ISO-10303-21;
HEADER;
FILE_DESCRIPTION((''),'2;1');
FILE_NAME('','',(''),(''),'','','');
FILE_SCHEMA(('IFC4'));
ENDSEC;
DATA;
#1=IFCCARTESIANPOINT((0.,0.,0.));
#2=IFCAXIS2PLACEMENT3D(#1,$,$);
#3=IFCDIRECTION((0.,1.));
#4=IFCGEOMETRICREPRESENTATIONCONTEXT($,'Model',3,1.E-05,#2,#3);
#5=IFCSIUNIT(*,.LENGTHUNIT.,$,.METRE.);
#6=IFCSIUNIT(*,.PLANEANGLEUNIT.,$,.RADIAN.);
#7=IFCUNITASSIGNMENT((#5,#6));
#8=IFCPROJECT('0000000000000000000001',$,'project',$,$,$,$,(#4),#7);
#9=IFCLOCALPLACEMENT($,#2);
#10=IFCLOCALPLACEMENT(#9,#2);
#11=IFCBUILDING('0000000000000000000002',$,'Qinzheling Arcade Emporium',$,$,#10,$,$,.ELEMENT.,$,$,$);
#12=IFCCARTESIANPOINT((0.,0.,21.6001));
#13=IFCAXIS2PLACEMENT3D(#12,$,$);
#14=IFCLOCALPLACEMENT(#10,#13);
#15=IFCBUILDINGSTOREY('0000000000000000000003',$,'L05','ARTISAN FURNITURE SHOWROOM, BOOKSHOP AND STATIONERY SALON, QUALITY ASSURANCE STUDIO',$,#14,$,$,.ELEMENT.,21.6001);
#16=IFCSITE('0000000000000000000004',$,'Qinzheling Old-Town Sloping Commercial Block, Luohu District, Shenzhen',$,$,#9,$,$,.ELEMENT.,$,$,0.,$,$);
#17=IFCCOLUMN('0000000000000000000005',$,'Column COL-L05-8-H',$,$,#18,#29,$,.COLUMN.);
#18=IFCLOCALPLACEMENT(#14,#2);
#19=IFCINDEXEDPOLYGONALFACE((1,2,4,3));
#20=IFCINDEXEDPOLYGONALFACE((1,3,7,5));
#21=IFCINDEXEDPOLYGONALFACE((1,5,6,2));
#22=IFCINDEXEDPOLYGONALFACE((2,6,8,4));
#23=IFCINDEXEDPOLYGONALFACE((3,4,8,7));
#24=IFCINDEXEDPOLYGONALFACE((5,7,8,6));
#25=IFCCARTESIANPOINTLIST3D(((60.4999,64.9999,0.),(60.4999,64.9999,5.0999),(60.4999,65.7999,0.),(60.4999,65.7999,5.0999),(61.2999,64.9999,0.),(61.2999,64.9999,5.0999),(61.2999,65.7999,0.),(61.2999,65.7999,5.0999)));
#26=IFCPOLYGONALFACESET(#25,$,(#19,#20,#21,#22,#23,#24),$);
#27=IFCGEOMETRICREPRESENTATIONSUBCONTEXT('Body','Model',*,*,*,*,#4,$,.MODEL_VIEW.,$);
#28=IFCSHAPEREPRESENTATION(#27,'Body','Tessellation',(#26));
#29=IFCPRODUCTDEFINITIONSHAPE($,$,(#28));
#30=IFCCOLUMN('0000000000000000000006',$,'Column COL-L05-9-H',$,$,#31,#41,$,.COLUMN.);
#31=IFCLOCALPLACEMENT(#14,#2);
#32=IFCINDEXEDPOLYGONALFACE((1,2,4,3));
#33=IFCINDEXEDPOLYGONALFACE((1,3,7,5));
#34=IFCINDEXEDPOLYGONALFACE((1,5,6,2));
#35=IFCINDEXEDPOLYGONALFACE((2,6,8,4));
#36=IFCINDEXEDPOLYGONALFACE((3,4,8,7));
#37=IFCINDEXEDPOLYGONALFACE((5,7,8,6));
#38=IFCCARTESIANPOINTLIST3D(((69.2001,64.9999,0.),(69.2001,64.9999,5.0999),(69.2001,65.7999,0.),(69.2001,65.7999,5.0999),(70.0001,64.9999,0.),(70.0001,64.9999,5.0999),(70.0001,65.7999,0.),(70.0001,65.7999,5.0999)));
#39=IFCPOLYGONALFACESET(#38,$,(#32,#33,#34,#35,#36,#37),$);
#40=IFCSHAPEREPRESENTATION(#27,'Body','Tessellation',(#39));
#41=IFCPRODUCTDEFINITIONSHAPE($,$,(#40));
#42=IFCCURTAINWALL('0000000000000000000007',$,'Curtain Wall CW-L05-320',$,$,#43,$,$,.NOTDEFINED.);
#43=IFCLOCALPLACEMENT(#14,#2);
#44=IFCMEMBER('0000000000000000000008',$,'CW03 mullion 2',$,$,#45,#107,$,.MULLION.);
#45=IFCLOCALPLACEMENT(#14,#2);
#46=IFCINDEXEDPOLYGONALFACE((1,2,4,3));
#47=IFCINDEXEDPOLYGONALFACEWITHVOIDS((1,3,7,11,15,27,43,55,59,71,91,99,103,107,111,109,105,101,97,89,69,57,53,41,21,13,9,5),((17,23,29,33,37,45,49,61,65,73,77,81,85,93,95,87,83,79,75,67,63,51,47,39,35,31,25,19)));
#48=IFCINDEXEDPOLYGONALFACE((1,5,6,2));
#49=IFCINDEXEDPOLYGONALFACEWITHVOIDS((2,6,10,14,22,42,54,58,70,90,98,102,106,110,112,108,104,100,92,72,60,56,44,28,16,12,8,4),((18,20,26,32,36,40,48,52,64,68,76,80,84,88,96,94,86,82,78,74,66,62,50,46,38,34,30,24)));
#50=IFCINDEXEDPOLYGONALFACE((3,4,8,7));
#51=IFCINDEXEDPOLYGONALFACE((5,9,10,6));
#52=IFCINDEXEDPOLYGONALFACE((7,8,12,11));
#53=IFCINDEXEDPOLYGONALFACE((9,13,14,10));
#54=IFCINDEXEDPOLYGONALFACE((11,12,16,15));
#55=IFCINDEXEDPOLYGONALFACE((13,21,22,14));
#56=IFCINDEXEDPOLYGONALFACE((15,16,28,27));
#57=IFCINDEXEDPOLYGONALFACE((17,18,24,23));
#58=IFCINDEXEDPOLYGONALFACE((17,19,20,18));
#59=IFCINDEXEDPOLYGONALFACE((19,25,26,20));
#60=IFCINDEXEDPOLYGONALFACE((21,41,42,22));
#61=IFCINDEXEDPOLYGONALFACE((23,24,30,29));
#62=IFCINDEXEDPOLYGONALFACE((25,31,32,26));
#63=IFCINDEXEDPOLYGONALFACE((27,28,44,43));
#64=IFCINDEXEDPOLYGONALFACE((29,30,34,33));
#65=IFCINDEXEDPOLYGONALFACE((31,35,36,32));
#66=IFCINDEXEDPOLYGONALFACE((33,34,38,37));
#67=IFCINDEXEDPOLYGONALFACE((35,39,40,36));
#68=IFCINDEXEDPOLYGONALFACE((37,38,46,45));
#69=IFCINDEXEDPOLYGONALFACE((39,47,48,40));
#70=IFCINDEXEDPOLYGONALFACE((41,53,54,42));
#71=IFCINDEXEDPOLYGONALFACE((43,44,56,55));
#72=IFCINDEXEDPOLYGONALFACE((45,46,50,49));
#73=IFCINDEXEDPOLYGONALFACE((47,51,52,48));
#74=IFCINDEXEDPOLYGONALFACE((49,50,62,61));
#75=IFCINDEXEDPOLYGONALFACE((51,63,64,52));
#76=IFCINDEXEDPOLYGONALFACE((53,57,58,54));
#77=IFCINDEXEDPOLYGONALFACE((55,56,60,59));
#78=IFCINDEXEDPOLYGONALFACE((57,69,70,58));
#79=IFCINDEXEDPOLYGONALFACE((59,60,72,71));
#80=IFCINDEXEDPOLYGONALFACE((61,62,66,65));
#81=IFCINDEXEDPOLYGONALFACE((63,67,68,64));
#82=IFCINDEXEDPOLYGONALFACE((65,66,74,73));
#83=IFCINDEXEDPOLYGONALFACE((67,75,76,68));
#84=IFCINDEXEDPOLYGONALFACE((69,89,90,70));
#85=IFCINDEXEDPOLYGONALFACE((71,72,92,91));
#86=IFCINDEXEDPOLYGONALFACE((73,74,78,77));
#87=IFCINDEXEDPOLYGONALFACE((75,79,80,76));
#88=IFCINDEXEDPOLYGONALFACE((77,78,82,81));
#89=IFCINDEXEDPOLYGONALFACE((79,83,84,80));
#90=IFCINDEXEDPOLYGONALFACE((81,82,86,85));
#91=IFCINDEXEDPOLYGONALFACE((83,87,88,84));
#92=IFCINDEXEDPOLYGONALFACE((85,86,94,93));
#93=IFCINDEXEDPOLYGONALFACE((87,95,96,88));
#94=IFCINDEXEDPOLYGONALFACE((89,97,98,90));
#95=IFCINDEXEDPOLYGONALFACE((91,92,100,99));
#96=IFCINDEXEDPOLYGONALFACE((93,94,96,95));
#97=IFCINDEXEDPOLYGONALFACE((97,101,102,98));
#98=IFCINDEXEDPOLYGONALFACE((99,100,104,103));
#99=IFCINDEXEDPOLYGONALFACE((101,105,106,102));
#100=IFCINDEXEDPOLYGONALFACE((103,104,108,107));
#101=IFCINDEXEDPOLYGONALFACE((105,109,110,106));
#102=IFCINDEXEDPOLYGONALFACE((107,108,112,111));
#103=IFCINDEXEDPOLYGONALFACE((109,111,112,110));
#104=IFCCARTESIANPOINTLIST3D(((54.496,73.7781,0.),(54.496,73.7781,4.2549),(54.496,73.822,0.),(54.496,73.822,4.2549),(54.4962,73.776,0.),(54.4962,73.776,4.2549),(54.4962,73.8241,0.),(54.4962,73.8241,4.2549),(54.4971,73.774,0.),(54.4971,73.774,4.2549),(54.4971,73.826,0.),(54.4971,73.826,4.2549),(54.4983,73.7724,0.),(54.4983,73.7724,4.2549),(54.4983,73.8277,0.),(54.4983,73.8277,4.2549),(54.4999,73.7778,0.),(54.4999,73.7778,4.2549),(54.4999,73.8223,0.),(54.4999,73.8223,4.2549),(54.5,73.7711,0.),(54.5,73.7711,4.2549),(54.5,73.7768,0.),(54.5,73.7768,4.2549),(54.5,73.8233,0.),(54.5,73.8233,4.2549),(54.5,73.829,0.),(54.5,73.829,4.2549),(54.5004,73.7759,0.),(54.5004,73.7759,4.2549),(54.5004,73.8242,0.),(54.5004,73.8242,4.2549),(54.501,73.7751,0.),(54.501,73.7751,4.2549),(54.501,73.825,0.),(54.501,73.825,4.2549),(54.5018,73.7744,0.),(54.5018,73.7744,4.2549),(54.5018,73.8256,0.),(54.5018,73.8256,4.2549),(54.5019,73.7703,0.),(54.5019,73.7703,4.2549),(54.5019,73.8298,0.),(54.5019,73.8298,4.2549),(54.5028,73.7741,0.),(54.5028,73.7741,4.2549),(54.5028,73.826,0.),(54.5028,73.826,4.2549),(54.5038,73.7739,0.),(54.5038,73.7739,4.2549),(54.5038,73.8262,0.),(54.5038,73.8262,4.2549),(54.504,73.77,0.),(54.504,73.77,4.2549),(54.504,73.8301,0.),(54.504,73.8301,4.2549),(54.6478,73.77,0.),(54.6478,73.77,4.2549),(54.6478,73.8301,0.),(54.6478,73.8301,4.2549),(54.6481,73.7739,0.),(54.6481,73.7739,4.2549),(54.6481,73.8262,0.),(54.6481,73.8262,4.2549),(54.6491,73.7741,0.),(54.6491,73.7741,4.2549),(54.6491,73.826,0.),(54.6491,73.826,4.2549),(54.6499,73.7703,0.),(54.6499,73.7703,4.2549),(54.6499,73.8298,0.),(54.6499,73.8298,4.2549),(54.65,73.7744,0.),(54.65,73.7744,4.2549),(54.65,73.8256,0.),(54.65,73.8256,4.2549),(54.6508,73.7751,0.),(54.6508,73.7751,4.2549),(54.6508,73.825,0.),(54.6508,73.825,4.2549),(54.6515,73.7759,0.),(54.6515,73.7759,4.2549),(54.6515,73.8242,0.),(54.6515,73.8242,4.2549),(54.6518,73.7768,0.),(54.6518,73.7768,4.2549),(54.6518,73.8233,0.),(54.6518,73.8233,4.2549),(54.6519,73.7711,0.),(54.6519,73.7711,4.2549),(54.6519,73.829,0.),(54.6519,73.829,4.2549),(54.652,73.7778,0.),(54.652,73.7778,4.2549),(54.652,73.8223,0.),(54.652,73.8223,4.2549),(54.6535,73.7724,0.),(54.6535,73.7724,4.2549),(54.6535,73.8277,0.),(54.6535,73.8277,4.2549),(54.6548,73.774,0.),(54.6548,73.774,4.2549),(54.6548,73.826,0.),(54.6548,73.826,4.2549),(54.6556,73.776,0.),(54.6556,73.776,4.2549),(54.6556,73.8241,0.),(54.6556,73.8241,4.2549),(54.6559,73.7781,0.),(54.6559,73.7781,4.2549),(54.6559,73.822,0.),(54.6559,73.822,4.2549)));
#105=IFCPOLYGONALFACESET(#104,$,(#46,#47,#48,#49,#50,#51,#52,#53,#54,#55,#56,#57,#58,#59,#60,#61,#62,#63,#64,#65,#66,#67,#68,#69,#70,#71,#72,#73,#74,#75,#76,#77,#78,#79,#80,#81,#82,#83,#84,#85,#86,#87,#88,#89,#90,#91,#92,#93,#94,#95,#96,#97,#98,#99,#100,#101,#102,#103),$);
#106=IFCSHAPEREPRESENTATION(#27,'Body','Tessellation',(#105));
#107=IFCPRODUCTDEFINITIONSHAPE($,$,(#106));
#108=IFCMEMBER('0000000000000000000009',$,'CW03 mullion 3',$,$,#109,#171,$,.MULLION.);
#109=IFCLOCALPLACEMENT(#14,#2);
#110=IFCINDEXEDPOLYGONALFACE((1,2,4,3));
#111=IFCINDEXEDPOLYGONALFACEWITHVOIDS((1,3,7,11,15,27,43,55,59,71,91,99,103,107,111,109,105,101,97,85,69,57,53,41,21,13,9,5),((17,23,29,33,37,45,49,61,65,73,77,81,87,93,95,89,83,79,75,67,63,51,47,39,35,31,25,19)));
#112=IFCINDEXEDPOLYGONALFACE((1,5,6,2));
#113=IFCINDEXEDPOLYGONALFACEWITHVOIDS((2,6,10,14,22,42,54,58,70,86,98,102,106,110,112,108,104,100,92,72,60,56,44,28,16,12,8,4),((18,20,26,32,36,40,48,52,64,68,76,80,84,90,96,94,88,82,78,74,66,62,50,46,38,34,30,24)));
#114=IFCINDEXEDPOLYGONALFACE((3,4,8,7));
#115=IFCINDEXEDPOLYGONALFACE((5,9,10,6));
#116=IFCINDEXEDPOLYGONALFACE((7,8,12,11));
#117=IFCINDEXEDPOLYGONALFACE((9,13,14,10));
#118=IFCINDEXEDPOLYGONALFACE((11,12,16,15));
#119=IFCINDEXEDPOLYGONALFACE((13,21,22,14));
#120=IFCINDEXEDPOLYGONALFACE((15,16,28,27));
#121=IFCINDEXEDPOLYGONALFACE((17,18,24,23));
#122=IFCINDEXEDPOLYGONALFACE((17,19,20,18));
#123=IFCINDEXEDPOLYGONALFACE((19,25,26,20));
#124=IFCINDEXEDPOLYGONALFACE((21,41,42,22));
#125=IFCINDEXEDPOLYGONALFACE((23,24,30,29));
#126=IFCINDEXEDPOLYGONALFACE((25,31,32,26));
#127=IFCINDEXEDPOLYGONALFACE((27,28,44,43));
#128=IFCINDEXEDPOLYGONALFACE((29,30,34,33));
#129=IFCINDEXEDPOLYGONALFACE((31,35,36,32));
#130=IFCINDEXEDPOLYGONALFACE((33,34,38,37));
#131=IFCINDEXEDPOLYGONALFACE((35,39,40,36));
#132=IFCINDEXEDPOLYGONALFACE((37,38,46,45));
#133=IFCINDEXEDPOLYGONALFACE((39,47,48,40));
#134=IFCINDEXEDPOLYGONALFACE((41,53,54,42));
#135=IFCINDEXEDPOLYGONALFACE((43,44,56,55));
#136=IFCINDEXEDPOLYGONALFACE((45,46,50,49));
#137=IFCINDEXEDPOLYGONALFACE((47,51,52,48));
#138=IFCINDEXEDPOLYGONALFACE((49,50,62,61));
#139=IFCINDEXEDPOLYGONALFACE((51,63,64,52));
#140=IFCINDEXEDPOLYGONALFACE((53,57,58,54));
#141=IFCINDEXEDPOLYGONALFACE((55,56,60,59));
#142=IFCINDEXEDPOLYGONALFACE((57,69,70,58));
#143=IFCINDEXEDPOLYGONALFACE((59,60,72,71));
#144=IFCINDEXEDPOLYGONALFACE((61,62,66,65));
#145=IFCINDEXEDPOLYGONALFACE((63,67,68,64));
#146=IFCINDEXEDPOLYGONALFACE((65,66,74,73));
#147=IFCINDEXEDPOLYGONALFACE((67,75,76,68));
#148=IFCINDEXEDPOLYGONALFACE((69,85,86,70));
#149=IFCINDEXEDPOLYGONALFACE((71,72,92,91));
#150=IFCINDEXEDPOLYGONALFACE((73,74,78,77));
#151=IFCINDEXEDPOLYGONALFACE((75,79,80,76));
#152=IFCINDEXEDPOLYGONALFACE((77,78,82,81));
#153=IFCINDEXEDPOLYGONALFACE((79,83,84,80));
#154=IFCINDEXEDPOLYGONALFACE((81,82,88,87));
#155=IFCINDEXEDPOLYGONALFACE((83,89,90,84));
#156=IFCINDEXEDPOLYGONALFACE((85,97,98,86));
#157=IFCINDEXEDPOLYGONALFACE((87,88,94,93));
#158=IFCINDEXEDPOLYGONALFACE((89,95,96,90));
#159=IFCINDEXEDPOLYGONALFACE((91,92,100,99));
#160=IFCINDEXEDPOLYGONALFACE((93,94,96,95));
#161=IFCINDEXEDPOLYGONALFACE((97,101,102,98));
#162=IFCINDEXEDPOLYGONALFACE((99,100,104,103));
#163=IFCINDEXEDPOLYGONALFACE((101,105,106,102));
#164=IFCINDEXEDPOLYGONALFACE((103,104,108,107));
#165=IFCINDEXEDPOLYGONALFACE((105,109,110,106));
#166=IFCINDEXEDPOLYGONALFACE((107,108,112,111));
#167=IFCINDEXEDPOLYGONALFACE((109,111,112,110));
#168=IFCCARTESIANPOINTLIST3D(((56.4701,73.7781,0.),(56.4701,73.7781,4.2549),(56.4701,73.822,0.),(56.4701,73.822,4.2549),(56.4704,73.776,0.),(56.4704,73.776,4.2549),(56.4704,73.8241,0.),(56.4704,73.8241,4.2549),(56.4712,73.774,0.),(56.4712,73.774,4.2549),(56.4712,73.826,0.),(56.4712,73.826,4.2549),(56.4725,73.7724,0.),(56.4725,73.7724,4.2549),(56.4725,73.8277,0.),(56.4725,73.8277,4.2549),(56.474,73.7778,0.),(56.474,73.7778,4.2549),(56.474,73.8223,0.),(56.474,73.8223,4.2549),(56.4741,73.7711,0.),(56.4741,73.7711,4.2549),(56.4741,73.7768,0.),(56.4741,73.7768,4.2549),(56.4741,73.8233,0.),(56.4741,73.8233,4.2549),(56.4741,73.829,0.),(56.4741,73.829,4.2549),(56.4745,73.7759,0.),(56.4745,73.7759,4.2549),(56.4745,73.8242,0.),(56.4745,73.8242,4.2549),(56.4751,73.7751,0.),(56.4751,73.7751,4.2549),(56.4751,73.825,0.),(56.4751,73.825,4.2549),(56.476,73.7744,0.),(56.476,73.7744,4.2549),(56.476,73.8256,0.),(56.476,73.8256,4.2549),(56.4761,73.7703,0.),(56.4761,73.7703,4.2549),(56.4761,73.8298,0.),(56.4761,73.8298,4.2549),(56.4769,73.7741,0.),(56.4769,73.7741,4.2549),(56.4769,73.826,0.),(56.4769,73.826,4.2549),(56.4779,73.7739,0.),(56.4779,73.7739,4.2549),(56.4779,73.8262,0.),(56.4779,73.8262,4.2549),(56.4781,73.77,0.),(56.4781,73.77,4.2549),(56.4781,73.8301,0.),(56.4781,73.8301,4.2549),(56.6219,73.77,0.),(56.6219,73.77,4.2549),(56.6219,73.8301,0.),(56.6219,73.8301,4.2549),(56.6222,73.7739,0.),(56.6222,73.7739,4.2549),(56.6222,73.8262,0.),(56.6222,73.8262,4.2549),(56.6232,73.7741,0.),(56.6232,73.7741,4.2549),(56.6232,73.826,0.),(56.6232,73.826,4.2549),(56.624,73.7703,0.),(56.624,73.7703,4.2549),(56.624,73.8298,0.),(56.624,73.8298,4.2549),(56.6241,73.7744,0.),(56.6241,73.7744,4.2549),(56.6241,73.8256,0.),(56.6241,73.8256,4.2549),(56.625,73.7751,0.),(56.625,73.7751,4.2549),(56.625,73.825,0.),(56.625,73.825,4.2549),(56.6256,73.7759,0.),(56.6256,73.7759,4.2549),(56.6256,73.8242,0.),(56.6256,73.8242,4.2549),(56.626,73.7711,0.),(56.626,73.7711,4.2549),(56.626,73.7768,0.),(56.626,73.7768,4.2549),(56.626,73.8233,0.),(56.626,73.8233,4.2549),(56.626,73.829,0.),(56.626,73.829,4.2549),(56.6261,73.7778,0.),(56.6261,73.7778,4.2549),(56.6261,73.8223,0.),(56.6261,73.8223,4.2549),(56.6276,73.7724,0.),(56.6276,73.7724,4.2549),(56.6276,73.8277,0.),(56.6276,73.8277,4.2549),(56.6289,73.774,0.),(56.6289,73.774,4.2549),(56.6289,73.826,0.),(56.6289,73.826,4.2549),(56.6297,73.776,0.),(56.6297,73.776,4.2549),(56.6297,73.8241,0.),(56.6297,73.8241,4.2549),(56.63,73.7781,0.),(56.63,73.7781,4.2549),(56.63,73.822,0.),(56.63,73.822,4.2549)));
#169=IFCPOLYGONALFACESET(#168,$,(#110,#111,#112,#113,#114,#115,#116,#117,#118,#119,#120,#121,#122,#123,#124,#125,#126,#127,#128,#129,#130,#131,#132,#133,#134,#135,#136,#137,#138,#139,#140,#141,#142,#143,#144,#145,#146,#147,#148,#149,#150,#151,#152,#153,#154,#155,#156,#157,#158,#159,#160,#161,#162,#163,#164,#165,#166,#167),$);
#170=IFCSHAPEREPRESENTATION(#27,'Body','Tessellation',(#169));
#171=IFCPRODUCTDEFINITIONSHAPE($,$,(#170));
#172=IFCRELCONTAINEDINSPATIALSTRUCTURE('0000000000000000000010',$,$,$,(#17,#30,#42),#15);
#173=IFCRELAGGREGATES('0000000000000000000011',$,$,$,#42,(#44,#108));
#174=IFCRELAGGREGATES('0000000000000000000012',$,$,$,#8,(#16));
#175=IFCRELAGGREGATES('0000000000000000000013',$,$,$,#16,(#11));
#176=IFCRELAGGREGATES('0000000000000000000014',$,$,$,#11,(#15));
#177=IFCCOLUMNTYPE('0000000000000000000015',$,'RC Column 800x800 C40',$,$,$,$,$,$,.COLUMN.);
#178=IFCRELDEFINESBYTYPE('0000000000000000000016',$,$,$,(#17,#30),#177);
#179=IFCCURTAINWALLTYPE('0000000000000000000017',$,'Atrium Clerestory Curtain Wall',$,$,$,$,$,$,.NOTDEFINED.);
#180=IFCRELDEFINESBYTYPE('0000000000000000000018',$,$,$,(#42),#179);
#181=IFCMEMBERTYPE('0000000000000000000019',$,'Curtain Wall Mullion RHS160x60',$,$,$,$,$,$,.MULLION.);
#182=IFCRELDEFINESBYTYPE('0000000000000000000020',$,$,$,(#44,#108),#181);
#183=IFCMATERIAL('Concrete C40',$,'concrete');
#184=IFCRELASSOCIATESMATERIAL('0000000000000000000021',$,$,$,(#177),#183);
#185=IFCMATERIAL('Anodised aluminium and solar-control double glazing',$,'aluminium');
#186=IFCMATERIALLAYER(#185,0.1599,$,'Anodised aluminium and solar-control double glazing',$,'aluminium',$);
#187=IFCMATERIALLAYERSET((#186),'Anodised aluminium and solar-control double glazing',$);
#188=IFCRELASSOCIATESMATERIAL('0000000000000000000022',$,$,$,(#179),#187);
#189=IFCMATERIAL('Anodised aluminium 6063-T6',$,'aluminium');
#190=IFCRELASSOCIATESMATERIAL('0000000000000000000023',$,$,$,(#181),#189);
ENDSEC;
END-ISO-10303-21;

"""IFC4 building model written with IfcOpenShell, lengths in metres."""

from ifc_helpers import new_model, si_unit, direction, frame, origin, origin_2d, place, context, subcontext, project, spatial, rectangle, hollow_rectangle, extrude, material, layer, layer_set, material_profile, profile_set, type_object, element, aggregate, save


model = new_model("IFC4")

# Units and contexts
model_context = context("Model", 3, precision=1e-05, world=origin(), true_north=direction((0.0, 1.0)))
body_context = subcontext(model_context, "Body", "Model", "MODEL_VIEW")
ifc_project = project(units=[si_unit("LENGTHUNIT", "METRE"), si_unit("PLANEANGLEUNIT", "RADIAN")], contexts=[model_context])

# Site, building, storey
site_placement = place(None, origin())
site = spatial("IfcSite", under=ifc_project, at=site_placement, Name="Qinzheling Old-Town Sloping Commercial Block, Luohu District, Shenzhen", CompositionType="ELEMENT", RefElevation=0.0)
building_placement = place(site_placement, origin())
building = spatial("IfcBuilding", under=site, at=building_placement, Name="Qinzheling Arcade Emporium", CompositionType="ELEMENT")
storey_placement = place(building_placement, frame((0.0, 0.0, 21.6001)))
storey = spatial("IfcBuildingStorey", under=building, at=storey_placement, Name="L05", Description="ARTISAN FURNITURE SHOWROOM, BOOKSHOP AND STATIONERY SALON, QUALITY ASSURANCE STUDIO", CompositionType="ELEMENT", Elevation=21.6001)

# Columns
ifc_material_1 = material(Name="Concrete C40", Category="concrete")
ifc_material_profile_1 = material_profile(ifc_material_1, rectangle(XDim=0.8, YDim=0.8, at=origin_2d()), Name="RC 800x800", Category="concrete")
ifc_profile_set_1 = profile_set([ifc_material_profile_1], Name="Concrete C40")
column_type = type_object("IfcColumnType", Name="RC Column 800x800 C40", PredefinedType="COLUMN", material=ifc_profile_set_1)
for number, where, z_axis, x_axis, name in (
    (1, (60.8999, 65.3999, 0.0), (0.0, 0.0, 1.0), (1.0, 0.0, 0.0), "Column COL-L05-8-H"),
    (2, (69.6001, 65.3999, 0.0), (0.0, 0.0, 1.0), (1.0, 0.0, 0.0), "Column COL-L05-9-H"),
):
    element("IfcColumn", number, at=place(storey_placement, frame(where, z_axis=z_axis, x_axis=x_axis)), inside=storey, type_object=column_type, Name=name, PredefinedType="COLUMN", context=body_context, shape_type="SweptSolid", body=[
        extrude(rectangle(XDim=0.8, YDim=0.8, at=origin_2d()), origin(), (0.0, 0.0, 1.0), 5.0999),
    ])

# Curtain wall, members
ifc_material_2 = material(Name="Anodised aluminium and solar-control double glazing", Category="aluminium")
ifc_layer_1 = layer(ifc_material_2, 0.1599, Name="Anodised aluminium and solar-control double glazing", Category="aluminium")
ifc_layer_set_1 = layer_set([ifc_layer_1], Name="Anodised aluminium and solar-control double glazing")
curtain_wall_type = type_object("IfcCurtainWallType", Name="Atrium Clerestory Curtain Wall", PredefinedType="NOTDEFINED", material=ifc_layer_set_1)
curtain_wall_placement = place(storey_placement, origin())
curtain_wall = element("IfcCurtainWall", 3, at=curtain_wall_placement, inside=storey, type_object=curtain_wall_type, Name="Curtain Wall CW-L05-320", PredefinedType="NOTDEFINED")
ifc_material_3 = material(Name="Anodised aluminium 6063-T6", Category="aluminium")
ifc_material_profile_2 = material_profile(ifc_material_3, hollow_rectangle(XDim=0.0601, YDim=0.1599, WallThickness=0.0039, InnerFilletRadius=0.0039, OuterFilletRadius=0.0081, at=origin_2d()), Name="RHS 160x60x4", Category="aluminium")
ifc_profile_set_2 = profile_set([ifc_material_profile_2], Name="Anodised aluminium 6063-T6")
member_type_1 = type_object("IfcMemberType", Name="Curtain Wall Mullion RHS160x60", PredefinedType="MULLION", material=ifc_profile_set_2)
member_1_placement = place(storey_placement, frame((54.5759, 73.8, 0.0), z_axis=(0.0, 0.0, 1.0), x_axis=(0.0, 1.0, 0.0)))
member_1 = element("IfcMember", 4, at=member_1_placement, type_object=member_type_1, Name="CW03 mullion 2", PredefinedType="MULLION", context=body_context, shape_type="SweptSolid", body=[
    extrude(hollow_rectangle(XDim=0.0601, YDim=0.1599, WallThickness=0.0039, InnerFilletRadius=0.0039, OuterFilletRadius=0.0081, at=origin_2d()), origin(), (0.0, 0.0, 1.0), 4.2549),
])
member_2_placement = place(storey_placement, frame((56.55, 73.8, 0.0), z_axis=(0.0, 0.0, 1.0), x_axis=(0.0, 1.0, 0.0)))
member_2 = element("IfcMember", 5, at=member_2_placement, type_object=member_type_1, Name="CW03 mullion 3", PredefinedType="MULLION", context=body_context, shape_type="SweptSolid", body=[
    extrude(hollow_rectangle(XDim=0.0601, YDim=0.1599, WallThickness=0.0039, InnerFilletRadius=0.0039, OuterFilletRadius=0.0081, at=origin_2d()), origin(), (0.0, 0.0, 1.0), 4.2549),
])

aggregate(curtain_wall, [member_1, member_2])

save(model, "model.ifc")
